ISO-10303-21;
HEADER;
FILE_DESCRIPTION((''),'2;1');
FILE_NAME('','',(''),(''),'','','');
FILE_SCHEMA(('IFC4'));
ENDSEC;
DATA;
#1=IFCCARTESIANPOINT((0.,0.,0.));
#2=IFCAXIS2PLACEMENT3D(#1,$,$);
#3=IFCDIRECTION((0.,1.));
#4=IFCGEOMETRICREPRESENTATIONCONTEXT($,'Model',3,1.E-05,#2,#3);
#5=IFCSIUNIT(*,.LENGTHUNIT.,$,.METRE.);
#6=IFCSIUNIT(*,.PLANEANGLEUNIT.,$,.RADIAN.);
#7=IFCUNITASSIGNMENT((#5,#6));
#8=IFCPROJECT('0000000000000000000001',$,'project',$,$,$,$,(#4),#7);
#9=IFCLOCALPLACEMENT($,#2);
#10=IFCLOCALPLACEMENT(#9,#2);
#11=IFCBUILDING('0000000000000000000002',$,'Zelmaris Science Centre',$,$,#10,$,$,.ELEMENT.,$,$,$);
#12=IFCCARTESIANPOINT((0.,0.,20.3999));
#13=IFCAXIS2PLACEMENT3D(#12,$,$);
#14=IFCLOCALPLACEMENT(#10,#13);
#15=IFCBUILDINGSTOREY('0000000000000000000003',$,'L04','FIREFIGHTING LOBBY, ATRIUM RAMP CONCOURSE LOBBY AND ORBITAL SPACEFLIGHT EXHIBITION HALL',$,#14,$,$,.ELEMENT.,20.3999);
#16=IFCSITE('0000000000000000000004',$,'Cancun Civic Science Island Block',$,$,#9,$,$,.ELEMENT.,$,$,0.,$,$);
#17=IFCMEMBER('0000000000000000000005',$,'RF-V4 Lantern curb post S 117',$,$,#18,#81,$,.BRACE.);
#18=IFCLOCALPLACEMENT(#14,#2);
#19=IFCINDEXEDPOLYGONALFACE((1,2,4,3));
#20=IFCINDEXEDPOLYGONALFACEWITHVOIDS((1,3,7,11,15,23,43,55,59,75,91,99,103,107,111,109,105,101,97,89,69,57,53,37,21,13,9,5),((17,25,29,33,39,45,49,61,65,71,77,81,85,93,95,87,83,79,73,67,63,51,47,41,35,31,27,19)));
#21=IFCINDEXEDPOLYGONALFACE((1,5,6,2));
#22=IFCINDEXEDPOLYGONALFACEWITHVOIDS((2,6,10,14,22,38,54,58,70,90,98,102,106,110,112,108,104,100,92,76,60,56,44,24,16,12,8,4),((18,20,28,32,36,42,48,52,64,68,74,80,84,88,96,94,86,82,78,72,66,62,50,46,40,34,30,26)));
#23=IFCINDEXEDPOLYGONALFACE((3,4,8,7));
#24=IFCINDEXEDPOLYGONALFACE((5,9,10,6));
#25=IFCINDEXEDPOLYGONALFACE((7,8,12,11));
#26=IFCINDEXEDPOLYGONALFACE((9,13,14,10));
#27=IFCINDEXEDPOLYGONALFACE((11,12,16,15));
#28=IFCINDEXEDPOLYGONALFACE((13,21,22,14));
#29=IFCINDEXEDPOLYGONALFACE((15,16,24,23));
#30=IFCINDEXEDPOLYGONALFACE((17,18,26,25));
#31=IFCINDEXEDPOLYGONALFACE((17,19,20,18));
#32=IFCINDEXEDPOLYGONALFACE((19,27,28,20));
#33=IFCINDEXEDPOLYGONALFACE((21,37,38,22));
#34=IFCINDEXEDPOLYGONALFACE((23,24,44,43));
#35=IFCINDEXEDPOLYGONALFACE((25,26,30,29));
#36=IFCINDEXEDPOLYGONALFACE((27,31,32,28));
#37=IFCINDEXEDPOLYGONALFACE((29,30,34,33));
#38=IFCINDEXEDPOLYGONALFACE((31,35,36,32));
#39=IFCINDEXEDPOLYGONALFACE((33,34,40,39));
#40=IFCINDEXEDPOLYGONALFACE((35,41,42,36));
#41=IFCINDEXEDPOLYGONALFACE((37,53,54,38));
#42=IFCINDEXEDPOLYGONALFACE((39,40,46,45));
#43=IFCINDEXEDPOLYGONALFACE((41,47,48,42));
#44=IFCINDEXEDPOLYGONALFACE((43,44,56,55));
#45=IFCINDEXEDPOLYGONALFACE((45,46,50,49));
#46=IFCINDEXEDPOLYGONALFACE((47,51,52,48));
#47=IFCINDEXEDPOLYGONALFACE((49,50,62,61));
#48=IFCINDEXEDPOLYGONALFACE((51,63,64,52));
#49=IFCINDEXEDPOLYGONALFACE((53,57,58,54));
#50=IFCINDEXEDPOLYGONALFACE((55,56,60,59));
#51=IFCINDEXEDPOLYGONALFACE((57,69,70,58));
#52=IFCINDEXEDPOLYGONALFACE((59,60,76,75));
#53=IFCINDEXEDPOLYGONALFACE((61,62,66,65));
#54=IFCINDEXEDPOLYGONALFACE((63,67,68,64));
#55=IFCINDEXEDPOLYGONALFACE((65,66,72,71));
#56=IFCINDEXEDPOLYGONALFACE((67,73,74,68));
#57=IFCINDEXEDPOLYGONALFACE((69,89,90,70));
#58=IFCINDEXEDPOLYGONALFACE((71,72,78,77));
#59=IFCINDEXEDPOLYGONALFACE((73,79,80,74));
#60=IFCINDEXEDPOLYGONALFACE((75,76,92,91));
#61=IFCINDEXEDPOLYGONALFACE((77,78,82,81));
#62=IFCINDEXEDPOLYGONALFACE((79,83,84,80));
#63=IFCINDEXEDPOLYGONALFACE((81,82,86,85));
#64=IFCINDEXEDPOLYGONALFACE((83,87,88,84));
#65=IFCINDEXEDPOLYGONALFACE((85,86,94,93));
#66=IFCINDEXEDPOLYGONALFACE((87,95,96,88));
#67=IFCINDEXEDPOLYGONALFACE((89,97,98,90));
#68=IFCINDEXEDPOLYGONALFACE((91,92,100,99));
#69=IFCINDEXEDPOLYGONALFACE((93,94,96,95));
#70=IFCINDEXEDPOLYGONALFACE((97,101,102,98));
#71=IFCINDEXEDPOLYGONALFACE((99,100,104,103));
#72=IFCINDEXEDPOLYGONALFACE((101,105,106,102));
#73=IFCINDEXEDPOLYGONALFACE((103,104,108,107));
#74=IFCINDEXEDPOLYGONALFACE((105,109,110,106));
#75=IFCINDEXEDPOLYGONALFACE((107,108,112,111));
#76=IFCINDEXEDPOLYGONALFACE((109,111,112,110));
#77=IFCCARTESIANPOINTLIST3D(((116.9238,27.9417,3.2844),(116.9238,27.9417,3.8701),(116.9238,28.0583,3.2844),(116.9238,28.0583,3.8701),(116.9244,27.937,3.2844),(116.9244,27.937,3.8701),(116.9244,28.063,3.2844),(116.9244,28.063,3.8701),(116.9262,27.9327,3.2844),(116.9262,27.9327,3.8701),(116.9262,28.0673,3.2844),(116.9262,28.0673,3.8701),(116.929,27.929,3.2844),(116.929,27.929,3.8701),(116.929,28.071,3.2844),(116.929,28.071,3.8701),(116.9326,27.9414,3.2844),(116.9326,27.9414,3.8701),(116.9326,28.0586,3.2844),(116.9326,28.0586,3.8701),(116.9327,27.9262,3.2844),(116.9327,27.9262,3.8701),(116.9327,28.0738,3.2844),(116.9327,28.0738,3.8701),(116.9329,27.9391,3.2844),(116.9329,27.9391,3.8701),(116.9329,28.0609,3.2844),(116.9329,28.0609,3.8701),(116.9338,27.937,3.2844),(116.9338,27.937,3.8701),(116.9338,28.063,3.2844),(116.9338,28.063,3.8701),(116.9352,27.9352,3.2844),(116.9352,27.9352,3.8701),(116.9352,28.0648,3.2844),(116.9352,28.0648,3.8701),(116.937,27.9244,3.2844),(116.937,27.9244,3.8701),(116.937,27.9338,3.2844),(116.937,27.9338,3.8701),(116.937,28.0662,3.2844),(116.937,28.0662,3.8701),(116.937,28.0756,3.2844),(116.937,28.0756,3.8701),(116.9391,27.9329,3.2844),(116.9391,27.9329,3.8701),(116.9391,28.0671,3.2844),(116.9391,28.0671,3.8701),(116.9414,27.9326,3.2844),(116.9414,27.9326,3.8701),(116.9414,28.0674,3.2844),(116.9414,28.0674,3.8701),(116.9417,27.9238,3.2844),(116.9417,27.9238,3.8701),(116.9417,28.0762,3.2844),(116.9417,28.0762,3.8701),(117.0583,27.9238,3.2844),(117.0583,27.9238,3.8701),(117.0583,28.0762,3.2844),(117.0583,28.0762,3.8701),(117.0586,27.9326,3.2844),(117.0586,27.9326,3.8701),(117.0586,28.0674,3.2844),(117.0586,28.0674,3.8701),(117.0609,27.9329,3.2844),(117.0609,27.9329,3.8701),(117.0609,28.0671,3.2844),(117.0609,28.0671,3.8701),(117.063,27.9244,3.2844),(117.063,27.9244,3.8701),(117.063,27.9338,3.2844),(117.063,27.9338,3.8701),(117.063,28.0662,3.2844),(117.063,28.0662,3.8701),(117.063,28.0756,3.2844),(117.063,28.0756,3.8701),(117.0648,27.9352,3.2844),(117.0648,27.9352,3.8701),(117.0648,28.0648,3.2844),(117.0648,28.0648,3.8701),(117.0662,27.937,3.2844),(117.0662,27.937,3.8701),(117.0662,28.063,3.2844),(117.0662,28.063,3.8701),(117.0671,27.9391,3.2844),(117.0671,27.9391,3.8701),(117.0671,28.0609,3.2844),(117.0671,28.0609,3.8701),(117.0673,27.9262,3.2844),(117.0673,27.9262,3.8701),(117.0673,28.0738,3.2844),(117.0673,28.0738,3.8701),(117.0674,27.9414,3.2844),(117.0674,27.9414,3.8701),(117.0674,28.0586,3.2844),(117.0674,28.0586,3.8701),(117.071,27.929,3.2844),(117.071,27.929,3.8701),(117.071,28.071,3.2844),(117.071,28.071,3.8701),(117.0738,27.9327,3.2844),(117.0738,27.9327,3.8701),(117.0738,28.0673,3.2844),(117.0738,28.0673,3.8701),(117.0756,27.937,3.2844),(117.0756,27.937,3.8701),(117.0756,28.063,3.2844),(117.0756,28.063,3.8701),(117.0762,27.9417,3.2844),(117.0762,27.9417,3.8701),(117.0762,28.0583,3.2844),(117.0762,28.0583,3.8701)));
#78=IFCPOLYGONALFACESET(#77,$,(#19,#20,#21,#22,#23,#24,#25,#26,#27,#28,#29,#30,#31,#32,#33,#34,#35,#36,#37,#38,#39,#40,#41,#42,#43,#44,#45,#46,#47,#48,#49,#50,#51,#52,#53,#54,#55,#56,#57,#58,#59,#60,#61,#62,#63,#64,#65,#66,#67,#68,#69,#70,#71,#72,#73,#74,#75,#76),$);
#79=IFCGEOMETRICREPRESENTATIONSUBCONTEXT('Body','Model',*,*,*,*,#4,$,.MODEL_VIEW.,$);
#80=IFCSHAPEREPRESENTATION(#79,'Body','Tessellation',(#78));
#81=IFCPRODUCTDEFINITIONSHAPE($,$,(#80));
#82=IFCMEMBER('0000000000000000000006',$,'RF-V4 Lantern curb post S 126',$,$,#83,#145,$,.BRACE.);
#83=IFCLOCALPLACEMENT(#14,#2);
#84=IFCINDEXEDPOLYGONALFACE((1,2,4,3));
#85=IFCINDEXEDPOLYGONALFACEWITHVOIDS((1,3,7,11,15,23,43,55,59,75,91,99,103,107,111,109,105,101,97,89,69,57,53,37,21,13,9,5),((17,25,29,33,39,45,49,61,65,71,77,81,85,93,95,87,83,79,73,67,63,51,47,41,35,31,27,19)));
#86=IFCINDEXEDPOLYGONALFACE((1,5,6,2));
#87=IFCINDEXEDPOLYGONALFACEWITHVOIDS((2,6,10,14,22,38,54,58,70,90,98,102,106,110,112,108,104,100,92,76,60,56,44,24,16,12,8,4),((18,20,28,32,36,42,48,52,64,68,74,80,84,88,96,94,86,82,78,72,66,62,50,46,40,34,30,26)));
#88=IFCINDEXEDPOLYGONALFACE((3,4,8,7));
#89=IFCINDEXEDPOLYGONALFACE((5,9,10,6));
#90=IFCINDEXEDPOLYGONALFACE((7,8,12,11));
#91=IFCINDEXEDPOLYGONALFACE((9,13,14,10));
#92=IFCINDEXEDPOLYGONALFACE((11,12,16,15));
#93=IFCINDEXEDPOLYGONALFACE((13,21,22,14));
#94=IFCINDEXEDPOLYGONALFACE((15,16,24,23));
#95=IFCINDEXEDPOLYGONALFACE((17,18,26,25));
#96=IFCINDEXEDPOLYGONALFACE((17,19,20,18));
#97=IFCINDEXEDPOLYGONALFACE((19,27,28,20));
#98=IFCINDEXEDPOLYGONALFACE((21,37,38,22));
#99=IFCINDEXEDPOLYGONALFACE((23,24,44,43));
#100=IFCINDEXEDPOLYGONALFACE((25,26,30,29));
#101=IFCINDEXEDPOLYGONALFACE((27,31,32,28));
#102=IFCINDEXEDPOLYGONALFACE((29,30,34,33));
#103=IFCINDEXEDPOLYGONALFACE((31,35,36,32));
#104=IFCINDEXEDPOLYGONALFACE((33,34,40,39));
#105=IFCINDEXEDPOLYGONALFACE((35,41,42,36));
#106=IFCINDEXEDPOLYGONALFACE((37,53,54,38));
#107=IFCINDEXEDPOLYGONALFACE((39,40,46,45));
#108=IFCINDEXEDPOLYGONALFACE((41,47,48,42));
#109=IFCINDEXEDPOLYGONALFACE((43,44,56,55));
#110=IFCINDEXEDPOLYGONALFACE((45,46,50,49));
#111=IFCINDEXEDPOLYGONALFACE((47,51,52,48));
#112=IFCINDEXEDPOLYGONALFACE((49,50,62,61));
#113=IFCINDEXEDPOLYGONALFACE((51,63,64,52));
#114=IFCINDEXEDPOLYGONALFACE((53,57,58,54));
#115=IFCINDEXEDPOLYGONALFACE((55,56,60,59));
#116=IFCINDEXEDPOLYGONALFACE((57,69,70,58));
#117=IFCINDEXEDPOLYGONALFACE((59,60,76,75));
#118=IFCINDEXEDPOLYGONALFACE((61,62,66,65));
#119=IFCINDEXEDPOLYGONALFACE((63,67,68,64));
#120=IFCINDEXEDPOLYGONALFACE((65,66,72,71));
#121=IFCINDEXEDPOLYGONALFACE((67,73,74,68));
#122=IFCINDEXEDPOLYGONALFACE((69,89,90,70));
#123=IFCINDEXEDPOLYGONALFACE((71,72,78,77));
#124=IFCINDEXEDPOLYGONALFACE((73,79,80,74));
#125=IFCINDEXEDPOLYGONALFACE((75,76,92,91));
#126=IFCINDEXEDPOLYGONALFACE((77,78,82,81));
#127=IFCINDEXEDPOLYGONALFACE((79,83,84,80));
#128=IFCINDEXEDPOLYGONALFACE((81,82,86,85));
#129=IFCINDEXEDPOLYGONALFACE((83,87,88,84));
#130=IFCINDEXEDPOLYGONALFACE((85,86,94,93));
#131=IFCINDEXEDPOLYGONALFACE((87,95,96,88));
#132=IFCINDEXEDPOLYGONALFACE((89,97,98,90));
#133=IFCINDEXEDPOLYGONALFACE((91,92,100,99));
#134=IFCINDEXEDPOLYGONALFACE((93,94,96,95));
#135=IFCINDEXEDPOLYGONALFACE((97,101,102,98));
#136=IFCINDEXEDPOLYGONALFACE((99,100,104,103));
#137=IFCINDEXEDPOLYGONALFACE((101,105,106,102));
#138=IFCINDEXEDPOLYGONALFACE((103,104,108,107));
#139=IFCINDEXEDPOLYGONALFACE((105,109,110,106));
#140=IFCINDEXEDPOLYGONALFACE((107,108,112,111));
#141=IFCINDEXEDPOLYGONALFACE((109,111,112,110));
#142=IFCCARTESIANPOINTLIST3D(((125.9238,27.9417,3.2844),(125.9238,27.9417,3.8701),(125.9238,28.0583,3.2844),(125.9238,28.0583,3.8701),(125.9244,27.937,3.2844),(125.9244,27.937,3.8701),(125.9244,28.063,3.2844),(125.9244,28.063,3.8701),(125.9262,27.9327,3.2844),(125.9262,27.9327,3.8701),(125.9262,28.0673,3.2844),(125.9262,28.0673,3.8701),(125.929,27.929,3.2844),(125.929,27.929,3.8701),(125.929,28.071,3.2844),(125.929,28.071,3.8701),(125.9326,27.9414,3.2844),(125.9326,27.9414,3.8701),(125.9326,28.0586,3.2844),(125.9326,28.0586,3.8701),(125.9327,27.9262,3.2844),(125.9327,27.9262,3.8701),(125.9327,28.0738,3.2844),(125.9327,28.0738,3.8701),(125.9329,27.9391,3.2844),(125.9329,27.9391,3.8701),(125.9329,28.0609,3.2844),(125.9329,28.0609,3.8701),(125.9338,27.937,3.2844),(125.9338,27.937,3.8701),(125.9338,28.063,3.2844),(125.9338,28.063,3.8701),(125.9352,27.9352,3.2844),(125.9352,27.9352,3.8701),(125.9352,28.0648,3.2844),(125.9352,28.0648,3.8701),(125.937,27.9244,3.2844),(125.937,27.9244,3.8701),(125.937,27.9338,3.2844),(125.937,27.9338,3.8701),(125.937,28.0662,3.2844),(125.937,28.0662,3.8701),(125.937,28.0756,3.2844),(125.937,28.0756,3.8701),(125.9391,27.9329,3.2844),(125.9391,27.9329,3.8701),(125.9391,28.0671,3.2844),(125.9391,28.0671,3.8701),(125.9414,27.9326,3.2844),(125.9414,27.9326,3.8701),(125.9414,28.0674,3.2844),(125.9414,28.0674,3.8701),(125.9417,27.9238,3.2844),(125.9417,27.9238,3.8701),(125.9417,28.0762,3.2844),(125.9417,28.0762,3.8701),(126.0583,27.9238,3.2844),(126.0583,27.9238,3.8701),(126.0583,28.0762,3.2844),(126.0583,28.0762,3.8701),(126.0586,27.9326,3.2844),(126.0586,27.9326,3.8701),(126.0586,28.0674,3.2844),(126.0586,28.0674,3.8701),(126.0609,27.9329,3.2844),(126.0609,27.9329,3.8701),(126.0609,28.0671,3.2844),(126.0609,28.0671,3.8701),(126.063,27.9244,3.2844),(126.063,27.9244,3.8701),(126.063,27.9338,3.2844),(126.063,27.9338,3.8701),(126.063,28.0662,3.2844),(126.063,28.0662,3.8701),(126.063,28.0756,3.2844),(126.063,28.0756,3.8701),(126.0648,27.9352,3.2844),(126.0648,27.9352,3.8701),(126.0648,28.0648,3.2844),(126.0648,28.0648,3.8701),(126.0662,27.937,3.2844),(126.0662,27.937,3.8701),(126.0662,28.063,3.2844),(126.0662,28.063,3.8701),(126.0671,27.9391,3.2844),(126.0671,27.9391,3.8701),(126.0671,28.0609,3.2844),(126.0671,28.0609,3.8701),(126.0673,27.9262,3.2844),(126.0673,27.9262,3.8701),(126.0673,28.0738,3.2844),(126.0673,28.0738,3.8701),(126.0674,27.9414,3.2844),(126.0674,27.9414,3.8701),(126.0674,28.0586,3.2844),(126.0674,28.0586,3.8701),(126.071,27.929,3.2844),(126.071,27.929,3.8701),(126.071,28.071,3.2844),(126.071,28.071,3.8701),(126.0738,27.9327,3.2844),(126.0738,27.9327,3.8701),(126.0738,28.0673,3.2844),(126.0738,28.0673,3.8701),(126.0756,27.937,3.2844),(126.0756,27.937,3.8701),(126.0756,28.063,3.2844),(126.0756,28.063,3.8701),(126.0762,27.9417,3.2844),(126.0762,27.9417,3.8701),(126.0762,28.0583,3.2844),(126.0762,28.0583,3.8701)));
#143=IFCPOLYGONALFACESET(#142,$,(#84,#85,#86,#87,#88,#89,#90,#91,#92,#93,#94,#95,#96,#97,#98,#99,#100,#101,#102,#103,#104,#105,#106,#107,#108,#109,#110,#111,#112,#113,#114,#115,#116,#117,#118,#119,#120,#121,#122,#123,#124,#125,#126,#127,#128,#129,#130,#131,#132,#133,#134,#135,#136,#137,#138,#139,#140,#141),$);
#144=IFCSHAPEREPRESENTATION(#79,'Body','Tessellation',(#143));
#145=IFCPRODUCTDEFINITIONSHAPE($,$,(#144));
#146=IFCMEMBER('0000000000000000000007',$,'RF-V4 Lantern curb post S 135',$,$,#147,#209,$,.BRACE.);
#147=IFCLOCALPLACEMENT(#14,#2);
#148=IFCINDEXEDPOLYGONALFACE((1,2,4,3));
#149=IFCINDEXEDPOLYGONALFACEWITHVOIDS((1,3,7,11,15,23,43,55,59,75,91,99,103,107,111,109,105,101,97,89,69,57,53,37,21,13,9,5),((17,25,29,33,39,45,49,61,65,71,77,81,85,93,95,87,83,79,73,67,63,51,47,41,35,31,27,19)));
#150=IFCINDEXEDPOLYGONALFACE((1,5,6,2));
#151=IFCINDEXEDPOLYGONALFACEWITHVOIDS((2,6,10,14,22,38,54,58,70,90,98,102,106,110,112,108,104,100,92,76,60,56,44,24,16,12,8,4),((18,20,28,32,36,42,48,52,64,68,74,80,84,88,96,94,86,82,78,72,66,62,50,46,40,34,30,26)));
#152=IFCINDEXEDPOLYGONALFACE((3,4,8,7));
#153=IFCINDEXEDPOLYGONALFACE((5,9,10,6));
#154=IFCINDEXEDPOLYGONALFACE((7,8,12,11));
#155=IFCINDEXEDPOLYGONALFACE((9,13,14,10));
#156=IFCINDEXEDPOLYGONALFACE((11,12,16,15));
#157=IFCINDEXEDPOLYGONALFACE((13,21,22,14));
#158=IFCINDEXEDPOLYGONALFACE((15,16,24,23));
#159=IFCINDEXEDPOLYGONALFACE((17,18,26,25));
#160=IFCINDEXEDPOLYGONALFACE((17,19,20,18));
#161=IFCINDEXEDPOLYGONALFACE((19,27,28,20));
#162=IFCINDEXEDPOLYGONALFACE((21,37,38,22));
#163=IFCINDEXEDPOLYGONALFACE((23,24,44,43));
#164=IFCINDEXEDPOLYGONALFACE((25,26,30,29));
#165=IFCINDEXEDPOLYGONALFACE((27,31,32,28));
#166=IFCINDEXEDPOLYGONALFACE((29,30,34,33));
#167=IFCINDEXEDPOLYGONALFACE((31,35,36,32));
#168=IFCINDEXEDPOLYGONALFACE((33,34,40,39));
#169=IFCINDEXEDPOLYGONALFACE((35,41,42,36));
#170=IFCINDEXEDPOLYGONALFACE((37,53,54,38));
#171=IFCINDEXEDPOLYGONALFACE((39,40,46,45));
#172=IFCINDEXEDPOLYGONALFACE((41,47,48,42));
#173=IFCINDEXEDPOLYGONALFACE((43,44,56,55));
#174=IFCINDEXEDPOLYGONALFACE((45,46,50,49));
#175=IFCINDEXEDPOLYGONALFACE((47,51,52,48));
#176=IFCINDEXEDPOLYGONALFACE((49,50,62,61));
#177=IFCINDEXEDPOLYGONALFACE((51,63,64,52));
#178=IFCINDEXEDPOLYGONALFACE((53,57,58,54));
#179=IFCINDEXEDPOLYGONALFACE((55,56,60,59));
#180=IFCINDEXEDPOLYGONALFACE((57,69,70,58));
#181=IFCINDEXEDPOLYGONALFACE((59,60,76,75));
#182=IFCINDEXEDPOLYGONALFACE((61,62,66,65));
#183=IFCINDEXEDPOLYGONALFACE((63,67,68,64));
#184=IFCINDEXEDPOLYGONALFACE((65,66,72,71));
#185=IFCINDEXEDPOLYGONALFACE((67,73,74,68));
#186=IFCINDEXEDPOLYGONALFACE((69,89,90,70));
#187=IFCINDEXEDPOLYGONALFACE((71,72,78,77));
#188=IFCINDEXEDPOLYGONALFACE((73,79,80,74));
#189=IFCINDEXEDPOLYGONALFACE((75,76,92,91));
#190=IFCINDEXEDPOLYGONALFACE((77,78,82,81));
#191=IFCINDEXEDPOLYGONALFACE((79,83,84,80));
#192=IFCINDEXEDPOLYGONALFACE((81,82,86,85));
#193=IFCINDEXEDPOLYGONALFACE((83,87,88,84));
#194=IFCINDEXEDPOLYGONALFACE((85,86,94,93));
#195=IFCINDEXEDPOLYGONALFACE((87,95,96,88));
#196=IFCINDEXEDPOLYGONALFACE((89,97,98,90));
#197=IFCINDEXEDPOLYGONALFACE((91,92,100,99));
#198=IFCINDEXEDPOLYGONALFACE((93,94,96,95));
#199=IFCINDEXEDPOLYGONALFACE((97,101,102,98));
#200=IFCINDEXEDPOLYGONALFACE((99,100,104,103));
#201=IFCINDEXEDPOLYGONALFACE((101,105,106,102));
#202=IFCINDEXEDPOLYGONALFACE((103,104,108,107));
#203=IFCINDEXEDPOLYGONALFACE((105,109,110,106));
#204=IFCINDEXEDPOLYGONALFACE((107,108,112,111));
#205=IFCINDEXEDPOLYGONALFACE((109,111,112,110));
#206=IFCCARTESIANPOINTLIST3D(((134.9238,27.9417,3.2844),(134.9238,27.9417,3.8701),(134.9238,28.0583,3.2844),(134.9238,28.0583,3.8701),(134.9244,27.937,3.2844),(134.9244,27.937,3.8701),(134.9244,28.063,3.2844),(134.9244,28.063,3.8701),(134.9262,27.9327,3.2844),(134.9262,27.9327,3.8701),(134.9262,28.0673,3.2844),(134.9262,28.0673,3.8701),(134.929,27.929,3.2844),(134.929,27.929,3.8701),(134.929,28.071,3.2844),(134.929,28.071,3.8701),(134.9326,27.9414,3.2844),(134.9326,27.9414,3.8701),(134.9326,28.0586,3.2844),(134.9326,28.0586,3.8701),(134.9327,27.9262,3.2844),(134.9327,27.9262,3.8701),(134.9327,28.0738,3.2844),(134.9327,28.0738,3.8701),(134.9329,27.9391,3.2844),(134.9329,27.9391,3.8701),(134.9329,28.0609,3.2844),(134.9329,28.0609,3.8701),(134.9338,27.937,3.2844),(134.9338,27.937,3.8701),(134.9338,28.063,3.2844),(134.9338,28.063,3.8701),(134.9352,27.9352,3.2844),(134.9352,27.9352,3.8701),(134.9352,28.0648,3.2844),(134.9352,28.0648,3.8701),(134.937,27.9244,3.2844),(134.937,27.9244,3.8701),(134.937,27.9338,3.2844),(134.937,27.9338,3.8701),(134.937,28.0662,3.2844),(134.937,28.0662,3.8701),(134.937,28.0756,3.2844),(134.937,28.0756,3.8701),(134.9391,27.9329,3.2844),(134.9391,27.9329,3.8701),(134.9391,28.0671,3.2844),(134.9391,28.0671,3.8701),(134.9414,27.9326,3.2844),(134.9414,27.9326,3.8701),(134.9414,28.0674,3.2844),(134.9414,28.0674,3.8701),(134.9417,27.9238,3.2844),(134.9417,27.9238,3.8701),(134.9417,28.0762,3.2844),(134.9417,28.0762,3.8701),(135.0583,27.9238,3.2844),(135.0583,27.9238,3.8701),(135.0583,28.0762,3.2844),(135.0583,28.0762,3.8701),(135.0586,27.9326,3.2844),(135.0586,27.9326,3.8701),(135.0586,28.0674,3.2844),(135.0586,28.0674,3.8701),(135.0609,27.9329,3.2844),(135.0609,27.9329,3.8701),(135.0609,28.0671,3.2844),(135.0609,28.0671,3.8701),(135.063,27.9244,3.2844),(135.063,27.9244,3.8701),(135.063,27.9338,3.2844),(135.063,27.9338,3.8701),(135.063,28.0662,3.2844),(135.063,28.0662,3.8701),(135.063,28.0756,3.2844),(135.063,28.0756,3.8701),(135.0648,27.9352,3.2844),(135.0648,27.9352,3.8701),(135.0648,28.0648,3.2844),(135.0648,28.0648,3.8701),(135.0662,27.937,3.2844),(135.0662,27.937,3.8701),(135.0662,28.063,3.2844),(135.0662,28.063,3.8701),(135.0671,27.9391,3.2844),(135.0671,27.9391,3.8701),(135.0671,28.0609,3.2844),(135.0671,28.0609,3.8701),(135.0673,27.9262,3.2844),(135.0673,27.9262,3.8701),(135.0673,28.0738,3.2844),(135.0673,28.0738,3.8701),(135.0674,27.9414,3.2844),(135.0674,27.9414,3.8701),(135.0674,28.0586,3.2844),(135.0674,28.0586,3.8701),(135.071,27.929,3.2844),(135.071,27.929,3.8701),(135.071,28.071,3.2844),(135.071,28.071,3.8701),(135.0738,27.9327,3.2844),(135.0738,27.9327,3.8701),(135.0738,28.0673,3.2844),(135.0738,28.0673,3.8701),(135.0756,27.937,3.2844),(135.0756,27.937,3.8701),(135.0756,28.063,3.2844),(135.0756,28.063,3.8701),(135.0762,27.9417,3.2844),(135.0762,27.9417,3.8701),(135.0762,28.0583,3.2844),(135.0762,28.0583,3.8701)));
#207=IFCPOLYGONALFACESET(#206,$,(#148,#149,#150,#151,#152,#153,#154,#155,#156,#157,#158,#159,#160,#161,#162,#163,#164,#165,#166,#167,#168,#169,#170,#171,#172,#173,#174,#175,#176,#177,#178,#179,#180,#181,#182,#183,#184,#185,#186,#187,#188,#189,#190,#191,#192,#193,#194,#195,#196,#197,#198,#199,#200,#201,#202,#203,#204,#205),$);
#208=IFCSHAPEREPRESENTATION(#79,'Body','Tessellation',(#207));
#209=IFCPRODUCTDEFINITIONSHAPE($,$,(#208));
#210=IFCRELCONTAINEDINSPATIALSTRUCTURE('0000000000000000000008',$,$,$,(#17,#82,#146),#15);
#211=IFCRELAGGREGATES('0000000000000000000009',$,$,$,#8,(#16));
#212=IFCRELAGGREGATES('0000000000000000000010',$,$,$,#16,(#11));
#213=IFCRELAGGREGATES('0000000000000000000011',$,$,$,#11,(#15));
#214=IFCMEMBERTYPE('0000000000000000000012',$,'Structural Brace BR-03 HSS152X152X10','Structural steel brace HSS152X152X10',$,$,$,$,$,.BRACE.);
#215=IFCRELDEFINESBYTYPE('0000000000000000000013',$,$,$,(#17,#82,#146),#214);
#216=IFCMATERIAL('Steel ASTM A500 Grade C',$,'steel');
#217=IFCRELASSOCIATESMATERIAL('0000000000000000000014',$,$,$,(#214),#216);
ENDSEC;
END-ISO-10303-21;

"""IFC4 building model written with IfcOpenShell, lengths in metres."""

from ifc_helpers import new_model, si_unit, direction, frame, origin, origin_2d, place, context, subcontext, project, spatial, hollow_rectangle, extrude, material, material_profile, profile_set, type_object, element, save


model = new_model("IFC4")

# Units and contexts
model_context = context("Model", 3, precision=1e-05, world=origin(), true_north=direction((0.0, 1.0)))
body_context = subcontext(model_context, "Body", "Model", "MODEL_VIEW")
ifc_project = project(units=[si_unit("LENGTHUNIT", "METRE"), si_unit("PLANEANGLEUNIT", "RADIAN")], contexts=[model_context])

# Site, building, storey
site_placement = place(None, origin())
site = spatial("IfcSite", under=ifc_project, at=site_placement, Name="Cancun Civic Science Island Block", CompositionType="ELEMENT", RefElevation=0.0)
building_placement = place(site_placement, origin())
building = spatial("IfcBuilding", under=site, at=building_placement, Name="Zelmaris Science Centre", CompositionType="ELEMENT")
storey_placement = place(building_placement, frame((0.0, 0.0, 20.3999)))
storey = spatial("IfcBuildingStorey", under=building, at=storey_placement, Name="L04", Description="FIREFIGHTING LOBBY, ATRIUM RAMP CONCOURSE LOBBY AND ORBITAL SPACEFLIGHT EXHIBITION HALL", CompositionType="ELEMENT", Elevation=20.3999)

# Shared definitions
ifc_material = material(Name="Steel ASTM A500 Grade C", Category="steel")

# Members
ifc_material_profile_1 = material_profile(ifc_material, hollow_rectangle(XDim=0.1523, YDim=0.1523, WallThickness=0.0088, InnerFilletRadius=0.0088, OuterFilletRadius=0.0178, at=origin_2d()), Name="HSS152X152X10")
ifc_profile_set_1 = profile_set([ifc_material_profile_1], Name="Steel ASTM A500 Grade C")
member_type_1 = type_object("IfcMemberType", Name="Structural Brace BR-03 HSS152X152X10", Description="Structural steel brace HSS152X152X10", PredefinedType="BRACE", material=ifc_profile_set_1)
for number, where, z_axis, x_axis, name in (
    (1, (117.0, 28.0, 3.2844), (0.0, 0.0, 1.0), (1.0, 0.0, 0.0), "RF-V4 Lantern curb post S 117"),
    (2, (126.0, 28.0, 3.2844), (0.0, 0.0, 1.0), (1.0, 0.0, 0.0), "RF-V4 Lantern curb post S 126"),
    (3, (135.0, 28.0, 3.2844), (0.0, 0.0, 1.0), (1.0, 0.0, 0.0), "RF-V4 Lantern curb post S 135"),
):
    element("IfcMember", number, at=place(storey_placement, frame(where, z_axis=z_axis, x_axis=x_axis)), inside=storey, type_object=member_type_1, Name=name, PredefinedType="BRACE", context=body_context, shape_type="SweptSolid", body=[
        extrude(hollow_rectangle(XDim=0.1523, YDim=0.1523, WallThickness=0.0088, InnerFilletRadius=0.0088, OuterFilletRadius=0.0178, at=origin_2d()), origin(), (0.0, 0.0, 1.0), 0.5857),
    ])

save(model, "model.ifc")
